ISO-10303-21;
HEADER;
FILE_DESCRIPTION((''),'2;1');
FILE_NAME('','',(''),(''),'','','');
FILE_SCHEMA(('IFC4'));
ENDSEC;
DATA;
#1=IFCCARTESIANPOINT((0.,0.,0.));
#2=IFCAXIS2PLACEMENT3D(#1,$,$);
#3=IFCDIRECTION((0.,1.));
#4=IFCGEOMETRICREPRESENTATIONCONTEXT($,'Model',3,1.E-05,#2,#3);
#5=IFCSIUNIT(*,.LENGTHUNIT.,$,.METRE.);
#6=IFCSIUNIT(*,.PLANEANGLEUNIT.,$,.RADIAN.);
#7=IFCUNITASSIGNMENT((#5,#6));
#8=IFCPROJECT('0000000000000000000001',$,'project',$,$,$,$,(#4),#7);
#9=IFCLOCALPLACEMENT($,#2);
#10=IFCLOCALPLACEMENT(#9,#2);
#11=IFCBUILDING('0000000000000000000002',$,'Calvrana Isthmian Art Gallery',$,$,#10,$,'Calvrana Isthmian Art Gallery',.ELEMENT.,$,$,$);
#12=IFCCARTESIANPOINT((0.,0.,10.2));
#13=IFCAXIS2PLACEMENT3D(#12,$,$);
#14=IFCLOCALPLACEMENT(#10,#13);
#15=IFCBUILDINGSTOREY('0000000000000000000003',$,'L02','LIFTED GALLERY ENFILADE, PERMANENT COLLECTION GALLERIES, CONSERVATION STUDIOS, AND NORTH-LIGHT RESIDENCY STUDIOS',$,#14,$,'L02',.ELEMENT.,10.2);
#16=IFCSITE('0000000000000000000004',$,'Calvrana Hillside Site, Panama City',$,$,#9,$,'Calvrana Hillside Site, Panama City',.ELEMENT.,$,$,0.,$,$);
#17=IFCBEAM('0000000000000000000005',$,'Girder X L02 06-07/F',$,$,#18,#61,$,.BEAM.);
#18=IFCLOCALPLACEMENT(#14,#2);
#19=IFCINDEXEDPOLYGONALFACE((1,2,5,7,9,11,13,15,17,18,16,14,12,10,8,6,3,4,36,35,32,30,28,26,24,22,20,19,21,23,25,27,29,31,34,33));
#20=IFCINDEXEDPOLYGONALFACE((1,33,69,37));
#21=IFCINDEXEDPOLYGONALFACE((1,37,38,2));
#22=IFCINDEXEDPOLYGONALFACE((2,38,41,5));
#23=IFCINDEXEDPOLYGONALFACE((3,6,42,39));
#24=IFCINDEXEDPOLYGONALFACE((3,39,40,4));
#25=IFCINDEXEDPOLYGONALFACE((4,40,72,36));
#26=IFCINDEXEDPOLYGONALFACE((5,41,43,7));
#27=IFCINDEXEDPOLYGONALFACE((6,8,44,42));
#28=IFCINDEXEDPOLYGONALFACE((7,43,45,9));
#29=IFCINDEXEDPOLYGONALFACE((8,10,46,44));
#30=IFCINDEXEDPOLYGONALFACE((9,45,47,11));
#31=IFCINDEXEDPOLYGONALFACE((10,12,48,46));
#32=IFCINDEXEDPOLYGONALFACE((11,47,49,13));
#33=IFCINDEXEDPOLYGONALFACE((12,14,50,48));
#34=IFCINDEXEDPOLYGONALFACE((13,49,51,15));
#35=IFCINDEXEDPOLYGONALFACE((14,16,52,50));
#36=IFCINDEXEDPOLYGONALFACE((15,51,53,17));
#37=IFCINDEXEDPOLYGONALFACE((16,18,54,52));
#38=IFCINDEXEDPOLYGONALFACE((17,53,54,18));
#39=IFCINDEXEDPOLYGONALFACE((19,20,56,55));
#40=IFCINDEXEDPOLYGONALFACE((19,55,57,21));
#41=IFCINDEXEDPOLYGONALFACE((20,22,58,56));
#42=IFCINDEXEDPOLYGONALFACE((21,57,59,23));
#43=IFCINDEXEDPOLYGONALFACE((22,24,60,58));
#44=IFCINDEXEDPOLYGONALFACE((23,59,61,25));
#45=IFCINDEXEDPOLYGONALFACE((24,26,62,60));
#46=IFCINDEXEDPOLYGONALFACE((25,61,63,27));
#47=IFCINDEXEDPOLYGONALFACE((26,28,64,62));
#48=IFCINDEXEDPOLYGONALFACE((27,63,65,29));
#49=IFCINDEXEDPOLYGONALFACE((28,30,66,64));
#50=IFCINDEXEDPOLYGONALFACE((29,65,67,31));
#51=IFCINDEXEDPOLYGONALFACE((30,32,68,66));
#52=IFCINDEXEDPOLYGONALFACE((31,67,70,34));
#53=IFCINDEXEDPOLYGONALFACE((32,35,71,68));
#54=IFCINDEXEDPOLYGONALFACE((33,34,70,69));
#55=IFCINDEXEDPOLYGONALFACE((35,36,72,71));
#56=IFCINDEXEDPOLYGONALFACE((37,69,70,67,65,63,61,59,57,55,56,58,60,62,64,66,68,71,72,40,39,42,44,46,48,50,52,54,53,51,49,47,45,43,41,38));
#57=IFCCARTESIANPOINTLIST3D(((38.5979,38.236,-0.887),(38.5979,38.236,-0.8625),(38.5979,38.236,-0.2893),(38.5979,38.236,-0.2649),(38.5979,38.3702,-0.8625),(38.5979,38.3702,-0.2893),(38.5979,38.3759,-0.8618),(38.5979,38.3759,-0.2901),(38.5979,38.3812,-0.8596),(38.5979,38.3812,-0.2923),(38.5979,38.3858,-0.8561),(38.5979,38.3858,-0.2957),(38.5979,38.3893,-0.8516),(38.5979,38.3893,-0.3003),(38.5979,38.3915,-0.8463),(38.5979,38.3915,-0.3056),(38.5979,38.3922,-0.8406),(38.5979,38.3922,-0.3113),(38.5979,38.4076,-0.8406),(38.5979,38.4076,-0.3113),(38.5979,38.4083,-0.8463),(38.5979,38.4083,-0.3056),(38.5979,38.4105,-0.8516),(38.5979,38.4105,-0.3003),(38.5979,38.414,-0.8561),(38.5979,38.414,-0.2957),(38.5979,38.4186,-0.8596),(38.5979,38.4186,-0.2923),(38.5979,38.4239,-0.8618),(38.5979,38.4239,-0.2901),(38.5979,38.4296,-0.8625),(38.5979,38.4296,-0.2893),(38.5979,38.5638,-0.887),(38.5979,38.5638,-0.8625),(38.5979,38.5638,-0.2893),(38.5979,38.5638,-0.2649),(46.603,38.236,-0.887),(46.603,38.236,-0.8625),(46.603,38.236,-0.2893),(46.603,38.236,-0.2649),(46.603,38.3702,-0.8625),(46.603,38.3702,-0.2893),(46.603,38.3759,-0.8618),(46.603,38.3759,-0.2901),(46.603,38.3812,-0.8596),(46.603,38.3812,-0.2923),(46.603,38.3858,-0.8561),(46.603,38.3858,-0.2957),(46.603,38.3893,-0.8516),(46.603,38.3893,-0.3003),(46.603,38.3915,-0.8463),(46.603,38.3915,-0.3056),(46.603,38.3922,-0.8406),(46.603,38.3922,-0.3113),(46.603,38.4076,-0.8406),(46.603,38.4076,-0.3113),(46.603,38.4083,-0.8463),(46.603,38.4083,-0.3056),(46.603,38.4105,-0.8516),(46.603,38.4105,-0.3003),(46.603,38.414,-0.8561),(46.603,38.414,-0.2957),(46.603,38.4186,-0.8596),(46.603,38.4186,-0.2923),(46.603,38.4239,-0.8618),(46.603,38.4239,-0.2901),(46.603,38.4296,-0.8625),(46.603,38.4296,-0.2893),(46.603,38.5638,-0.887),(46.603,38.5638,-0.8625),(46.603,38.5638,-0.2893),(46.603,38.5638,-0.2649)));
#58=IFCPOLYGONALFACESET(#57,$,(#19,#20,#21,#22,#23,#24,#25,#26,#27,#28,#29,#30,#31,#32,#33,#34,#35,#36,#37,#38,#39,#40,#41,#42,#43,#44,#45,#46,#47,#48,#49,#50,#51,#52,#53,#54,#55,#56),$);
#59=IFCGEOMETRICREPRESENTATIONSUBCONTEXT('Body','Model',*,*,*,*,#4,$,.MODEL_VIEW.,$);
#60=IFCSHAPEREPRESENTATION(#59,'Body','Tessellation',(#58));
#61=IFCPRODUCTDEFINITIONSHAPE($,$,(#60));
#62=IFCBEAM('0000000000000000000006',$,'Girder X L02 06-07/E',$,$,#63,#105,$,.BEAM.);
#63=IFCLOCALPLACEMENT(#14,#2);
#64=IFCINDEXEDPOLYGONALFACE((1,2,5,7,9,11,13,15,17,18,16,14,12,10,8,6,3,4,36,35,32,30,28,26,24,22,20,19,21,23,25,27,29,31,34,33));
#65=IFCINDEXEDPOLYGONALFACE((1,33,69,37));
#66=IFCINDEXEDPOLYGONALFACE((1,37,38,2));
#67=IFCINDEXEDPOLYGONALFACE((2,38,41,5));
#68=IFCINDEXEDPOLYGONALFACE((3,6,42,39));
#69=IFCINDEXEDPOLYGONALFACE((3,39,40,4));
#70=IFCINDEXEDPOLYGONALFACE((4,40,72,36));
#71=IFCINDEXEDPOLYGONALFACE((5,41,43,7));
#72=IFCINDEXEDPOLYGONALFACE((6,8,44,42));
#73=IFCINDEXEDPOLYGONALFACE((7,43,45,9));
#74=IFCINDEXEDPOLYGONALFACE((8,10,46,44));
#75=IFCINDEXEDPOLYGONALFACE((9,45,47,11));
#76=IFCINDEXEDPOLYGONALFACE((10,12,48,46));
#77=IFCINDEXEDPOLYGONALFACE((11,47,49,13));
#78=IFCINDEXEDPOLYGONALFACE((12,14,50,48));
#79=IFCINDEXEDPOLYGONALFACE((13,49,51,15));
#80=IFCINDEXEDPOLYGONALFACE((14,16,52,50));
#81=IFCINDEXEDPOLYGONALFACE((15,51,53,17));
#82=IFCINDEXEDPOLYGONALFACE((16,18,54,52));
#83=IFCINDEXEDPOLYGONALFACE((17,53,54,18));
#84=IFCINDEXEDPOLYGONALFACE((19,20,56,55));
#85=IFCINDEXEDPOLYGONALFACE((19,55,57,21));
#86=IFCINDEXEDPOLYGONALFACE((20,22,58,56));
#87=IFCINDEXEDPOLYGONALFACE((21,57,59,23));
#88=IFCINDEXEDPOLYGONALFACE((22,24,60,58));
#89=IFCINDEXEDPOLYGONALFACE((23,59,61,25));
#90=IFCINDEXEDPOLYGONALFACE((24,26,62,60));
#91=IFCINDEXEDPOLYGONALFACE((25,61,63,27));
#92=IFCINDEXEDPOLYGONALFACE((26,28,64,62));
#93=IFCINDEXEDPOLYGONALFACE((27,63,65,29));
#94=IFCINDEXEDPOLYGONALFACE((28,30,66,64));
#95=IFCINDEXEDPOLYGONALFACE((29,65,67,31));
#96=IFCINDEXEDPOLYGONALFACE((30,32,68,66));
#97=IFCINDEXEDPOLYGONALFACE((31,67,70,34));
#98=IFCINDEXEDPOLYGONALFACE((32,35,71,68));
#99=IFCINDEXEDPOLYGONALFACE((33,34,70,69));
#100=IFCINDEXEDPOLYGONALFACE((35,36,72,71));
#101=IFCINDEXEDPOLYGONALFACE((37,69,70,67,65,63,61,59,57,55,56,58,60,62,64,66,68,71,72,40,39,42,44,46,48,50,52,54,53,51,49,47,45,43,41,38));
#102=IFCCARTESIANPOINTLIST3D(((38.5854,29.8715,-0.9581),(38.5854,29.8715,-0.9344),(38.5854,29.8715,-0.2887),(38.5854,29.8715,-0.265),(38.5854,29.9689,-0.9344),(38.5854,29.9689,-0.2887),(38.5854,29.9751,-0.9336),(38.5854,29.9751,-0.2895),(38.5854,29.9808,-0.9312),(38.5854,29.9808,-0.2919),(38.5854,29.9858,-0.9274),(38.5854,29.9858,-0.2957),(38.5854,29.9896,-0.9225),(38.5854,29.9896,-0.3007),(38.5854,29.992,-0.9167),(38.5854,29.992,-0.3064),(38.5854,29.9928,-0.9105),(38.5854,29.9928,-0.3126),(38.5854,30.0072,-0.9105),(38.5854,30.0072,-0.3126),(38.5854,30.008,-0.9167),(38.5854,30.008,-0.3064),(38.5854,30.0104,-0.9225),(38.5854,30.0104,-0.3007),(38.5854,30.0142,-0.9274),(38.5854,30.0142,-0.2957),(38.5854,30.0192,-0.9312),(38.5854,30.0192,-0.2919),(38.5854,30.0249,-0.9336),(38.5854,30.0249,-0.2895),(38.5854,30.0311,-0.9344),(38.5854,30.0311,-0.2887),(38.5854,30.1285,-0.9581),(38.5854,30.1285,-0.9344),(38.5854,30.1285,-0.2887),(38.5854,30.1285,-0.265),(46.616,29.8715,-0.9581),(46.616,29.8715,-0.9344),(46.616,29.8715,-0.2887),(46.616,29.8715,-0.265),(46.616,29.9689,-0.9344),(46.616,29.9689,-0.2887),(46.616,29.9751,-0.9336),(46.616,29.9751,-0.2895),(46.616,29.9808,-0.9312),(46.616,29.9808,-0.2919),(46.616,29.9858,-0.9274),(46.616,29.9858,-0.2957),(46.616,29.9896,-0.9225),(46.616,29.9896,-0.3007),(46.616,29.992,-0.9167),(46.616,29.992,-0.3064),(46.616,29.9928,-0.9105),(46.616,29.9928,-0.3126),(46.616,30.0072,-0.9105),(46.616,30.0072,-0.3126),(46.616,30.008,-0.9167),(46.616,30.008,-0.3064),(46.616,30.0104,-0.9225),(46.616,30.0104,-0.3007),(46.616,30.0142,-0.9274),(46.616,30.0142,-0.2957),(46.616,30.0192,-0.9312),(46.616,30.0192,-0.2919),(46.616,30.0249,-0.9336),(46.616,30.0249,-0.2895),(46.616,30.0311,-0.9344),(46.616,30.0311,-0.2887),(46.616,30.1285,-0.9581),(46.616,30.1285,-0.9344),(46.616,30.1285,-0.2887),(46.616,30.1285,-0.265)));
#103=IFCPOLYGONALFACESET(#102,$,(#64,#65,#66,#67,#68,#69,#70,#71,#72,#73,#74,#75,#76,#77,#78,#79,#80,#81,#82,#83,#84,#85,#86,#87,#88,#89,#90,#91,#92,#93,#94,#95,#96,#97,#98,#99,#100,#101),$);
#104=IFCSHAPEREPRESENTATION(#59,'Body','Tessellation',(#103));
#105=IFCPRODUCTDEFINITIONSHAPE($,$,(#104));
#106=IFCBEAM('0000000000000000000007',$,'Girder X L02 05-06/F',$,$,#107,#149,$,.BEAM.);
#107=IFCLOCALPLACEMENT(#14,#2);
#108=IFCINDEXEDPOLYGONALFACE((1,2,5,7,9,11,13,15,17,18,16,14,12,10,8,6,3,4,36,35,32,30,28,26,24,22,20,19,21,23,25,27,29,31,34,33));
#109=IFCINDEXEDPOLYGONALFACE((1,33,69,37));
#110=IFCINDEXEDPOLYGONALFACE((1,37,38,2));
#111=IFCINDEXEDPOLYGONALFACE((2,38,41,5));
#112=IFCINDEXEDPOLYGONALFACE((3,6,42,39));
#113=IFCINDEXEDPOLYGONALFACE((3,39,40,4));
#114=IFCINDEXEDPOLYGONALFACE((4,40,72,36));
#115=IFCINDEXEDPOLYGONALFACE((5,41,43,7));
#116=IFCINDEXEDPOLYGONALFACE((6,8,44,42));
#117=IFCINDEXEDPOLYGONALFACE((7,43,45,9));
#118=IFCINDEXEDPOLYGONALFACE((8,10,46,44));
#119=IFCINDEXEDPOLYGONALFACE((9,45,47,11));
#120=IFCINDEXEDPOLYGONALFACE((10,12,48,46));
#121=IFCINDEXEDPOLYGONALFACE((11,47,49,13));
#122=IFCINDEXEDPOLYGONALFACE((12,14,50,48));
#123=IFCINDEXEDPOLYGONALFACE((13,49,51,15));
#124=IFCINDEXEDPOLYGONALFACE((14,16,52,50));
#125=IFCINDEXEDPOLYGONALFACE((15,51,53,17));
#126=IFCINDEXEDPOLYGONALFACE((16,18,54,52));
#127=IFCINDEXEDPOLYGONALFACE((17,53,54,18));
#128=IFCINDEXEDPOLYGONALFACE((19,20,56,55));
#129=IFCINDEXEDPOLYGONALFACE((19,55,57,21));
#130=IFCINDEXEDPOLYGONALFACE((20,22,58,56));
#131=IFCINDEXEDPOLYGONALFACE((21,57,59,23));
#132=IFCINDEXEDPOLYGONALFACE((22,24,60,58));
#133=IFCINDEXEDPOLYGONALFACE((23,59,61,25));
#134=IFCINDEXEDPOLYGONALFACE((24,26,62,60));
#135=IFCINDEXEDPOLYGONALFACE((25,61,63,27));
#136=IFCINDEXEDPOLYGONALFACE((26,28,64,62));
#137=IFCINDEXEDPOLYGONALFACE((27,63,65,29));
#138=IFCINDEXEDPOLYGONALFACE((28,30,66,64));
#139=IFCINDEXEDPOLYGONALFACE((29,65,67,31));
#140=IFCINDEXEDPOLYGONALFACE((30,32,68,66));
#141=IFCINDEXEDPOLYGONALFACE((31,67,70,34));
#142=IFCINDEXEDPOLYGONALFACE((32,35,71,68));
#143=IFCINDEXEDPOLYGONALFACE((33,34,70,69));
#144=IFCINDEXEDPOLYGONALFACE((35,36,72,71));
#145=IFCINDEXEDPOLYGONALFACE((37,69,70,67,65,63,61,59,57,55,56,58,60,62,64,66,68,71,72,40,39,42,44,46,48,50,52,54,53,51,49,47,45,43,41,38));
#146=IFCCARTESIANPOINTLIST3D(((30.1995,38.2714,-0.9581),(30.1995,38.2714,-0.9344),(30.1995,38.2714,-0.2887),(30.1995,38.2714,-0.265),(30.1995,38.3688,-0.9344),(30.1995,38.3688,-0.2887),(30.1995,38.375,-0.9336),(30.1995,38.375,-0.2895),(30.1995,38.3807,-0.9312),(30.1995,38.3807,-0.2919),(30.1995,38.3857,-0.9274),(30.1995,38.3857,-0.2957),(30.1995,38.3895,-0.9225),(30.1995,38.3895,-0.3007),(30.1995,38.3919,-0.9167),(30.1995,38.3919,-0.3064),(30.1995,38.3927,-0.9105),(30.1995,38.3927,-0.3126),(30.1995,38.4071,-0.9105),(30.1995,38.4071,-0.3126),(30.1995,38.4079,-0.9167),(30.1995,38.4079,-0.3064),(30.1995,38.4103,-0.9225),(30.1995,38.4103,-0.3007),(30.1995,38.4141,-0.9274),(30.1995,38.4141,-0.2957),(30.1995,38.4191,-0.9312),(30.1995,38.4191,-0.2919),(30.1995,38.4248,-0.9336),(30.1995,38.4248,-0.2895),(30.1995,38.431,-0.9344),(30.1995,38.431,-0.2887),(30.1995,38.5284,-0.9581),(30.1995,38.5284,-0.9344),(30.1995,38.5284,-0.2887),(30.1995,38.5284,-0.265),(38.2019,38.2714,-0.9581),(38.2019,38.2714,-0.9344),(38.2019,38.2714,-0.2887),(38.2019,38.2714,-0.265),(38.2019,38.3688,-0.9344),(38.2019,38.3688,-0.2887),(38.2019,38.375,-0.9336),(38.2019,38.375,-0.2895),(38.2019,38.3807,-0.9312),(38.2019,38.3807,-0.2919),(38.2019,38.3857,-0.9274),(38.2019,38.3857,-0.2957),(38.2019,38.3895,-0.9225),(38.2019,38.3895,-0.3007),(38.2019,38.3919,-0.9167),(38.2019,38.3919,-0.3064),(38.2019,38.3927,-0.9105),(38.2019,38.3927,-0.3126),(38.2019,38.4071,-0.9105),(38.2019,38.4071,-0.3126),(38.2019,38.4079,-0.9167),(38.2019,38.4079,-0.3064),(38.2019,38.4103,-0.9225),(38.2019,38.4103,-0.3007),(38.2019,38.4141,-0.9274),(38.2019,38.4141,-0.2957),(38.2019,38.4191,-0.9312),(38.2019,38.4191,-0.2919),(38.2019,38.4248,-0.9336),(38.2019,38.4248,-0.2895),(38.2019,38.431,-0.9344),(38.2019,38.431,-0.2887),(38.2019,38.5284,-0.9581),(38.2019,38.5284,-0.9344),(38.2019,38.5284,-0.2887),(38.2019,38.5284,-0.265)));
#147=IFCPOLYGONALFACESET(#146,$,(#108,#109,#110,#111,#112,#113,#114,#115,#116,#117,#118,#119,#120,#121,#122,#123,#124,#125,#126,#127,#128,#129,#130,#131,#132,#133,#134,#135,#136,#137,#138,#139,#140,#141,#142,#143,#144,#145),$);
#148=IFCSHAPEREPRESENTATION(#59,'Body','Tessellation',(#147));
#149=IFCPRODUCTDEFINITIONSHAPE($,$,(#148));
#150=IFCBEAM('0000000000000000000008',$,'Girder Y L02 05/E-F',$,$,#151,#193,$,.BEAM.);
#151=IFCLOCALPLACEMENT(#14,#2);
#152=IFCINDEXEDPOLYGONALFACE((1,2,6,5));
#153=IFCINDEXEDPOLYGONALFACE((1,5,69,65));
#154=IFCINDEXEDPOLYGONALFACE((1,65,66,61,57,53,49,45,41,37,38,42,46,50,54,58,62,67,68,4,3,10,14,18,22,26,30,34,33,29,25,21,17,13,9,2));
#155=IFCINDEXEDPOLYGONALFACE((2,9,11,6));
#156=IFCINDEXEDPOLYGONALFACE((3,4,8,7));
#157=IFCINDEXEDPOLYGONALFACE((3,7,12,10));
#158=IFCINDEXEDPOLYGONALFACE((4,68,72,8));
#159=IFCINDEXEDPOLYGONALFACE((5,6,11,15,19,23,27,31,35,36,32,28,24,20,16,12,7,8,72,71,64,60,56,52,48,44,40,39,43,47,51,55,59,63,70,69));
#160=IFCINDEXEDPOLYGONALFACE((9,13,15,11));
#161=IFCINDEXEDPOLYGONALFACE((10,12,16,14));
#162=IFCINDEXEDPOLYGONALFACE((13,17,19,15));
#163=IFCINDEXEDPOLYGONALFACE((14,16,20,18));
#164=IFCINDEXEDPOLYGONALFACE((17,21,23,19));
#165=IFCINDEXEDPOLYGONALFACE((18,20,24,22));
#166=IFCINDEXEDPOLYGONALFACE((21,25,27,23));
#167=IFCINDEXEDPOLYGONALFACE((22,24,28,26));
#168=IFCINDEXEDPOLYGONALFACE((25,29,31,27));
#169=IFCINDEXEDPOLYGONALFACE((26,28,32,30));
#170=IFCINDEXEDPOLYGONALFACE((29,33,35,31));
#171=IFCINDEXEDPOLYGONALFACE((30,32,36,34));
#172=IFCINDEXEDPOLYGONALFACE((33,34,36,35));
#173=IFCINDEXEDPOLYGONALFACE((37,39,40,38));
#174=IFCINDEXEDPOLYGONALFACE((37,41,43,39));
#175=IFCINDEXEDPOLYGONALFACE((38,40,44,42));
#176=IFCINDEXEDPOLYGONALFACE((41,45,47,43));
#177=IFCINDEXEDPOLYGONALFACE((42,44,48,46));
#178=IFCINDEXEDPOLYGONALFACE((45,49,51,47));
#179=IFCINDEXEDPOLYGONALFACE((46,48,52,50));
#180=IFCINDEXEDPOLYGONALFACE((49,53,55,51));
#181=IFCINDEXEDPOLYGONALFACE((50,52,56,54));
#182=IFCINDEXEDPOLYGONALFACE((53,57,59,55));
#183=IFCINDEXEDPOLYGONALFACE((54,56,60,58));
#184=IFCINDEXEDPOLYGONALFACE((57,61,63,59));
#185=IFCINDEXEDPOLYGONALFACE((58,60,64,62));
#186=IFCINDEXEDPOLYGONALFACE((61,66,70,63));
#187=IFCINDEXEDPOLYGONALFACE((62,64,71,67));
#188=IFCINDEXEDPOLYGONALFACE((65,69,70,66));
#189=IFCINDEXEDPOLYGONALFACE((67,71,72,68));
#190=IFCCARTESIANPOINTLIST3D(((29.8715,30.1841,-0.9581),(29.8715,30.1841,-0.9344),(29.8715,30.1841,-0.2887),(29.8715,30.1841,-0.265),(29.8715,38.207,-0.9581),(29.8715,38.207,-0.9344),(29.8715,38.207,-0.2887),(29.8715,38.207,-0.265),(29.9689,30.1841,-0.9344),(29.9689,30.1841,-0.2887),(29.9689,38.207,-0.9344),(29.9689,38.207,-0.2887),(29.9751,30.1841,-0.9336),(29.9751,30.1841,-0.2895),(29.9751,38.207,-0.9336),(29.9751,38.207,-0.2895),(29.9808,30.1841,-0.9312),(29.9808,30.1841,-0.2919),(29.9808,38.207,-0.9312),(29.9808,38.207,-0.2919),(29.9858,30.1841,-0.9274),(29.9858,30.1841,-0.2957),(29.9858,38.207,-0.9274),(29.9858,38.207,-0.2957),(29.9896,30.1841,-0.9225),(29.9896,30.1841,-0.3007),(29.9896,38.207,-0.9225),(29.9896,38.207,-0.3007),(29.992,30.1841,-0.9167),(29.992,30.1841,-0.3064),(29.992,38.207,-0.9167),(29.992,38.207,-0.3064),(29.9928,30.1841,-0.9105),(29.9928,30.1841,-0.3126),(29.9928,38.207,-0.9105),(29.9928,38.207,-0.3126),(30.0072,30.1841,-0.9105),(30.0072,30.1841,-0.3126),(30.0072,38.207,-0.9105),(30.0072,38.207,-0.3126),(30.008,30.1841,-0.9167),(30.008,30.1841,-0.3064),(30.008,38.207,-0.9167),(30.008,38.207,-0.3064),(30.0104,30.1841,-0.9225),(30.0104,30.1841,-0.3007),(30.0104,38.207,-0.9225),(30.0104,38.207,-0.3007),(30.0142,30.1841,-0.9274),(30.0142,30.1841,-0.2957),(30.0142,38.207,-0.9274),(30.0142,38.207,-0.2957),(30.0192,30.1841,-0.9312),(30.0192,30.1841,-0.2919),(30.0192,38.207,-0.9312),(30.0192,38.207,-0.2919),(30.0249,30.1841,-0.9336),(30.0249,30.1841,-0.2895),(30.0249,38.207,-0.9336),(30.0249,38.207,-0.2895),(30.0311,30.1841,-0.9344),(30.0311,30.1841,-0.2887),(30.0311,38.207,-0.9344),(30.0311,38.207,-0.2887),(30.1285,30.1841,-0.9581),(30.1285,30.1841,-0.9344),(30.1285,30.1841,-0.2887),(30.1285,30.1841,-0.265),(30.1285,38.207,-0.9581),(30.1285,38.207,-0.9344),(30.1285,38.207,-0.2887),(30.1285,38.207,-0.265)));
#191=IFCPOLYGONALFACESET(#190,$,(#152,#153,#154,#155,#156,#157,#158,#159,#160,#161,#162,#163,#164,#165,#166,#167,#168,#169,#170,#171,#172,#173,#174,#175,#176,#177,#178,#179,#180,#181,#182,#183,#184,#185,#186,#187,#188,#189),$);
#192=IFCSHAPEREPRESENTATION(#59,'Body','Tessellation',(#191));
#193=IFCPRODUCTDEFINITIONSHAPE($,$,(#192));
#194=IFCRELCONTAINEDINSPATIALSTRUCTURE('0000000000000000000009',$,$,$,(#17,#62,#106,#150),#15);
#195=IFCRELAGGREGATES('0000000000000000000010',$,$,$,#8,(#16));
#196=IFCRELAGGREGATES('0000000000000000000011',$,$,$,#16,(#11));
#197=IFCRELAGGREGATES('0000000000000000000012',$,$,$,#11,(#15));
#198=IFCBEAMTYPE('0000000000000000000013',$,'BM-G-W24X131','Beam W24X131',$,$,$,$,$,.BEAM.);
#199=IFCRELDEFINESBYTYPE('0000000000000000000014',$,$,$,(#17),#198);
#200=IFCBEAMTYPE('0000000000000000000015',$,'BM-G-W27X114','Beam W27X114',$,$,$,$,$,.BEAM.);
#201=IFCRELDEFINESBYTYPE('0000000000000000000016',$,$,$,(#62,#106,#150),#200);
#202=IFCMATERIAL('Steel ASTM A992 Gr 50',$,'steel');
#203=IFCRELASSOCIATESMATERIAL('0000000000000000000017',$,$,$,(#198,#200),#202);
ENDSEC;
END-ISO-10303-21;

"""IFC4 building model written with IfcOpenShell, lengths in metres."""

from ifc_helpers import new_model, si_unit, direction, frame, origin, origin_2d, place, context, subcontext, project, spatial, i_section, extrude, material, material_profile, profile_set, type_object, element, save


model = new_model("IFC4")

# Units and contexts
model_context = context("Model", 3, precision=1e-05, world=origin(), true_north=direction((0.0, 1.0)))
body_context = subcontext(model_context, "Body", "Model", "MODEL_VIEW")
ifc_project = project(units=[si_unit("LENGTHUNIT", "METRE"), si_unit("PLANEANGLEUNIT", "RADIAN")], contexts=[model_context])

# Site, building, storey
site_placement = place(None, origin())
site = spatial("IfcSite", under=ifc_project, at=site_placement, Name="Calvrana Hillside Site, Panama City", LongName="Calvrana Hillside Site, Panama City", CompositionType="ELEMENT", RefElevation=0.0)
building_placement = place(site_placement, origin())
building = spatial("IfcBuilding", under=site, at=building_placement, Name="Calvrana Isthmian Art Gallery", LongName="Calvrana Isthmian Art Gallery", CompositionType="ELEMENT")
storey_placement = place(building_placement, frame((0.0, 0.0, 10.2)))
storey = spatial("IfcBuildingStorey", under=building, at=storey_placement, Name="L02", Description="LIFTED GALLERY ENFILADE, PERMANENT COLLECTION GALLERIES, CONSERVATION STUDIOS, AND NORTH-LIGHT RESIDENCY STUDIOS", LongName="L02", CompositionType="ELEMENT", Elevation=10.2)

# Shared definitions
ifc_material_1 = material(Name="Steel ASTM A992 Gr 50", Category="steel")

# Beams
ifc_material_profile_1 = material_profile(ifc_material_1, i_section(OverallWidth=0.3279, OverallDepth=0.6221, WebThickness=0.0154, FlangeThickness=0.0244, FilletRadius=0.022, at=origin_2d()), Name="W24X131")
ifc_profile_set_1 = profile_set([ifc_material_profile_1], Name="Steel ASTM A992 Gr 50")
beam_type_1 = type_object("IfcBeamType", Name="BM-G-W24X131", Description="Beam W24X131", PredefinedType="BEAM", material=ifc_profile_set_1)
beam_1_placement = place(storey_placement, frame((38.5979, 38.3999, -0.5759), z_axis=(1.0, 0.0, 0.0), x_axis=(0.0, 1.0, 0.0)))
element("IfcBeam", 1, at=beam_1_placement, inside=storey, type_object=beam_type_1, Name="Girder X L02 06-07/F", PredefinedType="BEAM", context=body_context, shape_type="SweptSolid", body=[
    extrude(i_section(OverallWidth=0.3279, OverallDepth=0.6221, WebThickness=0.0154, FlangeThickness=0.0244, FilletRadius=0.022, at=origin_2d()), origin(), (0.0, 0.0, 1.0), 8.0051),
])
ifc_material_profile_2 = material_profile(ifc_material_1, i_section(OverallWidth=0.2571, OverallDepth=0.6931, WebThickness=0.0144, FlangeThickness=0.0237, FilletRadius=0.0239, at=origin_2d()), Name="W27X114")
ifc_profile_set_2 = profile_set([ifc_material_profile_2], Name="Steel ASTM A992 Gr 50")
beam_type_2 = type_object("IfcBeamType", Name="BM-G-W27X114", Description="Beam W27X114", PredefinedType="BEAM", material=ifc_profile_set_2)
beam_2_placement = place(storey_placement, frame((38.5854, 30.0, -0.6116), z_axis=(1.0, 0.0, 0.0), x_axis=(0.0, 1.0, 0.0)))
element("IfcBeam", 2, at=beam_2_placement, inside=storey, type_object=beam_type_2, Name="Girder X L02 06-07/E", PredefinedType="BEAM", context=body_context, shape_type="SweptSolid", body=[
    extrude(i_section(OverallWidth=0.2571, OverallDepth=0.6931, WebThickness=0.0144, FlangeThickness=0.0237, FilletRadius=0.0239, at=origin_2d()), origin(), (0.0, 0.0, 1.0), 8.0305),
])
beam_3_placement = place(storey_placement, frame((30.1995, 38.3999, -0.6116), z_axis=(1.0, 0.0, 0.0), x_axis=(0.0, 1.0, 0.0)))
element("IfcBeam", 3, at=beam_3_placement, inside=storey, type_object=beam_type_2, Name="Girder X L02 05-06/F", PredefinedType="BEAM", context=body_context, shape_type="SweptSolid", body=[
    extrude(i_section(OverallWidth=0.2571, OverallDepth=0.6931, WebThickness=0.0144, FlangeThickness=0.0237, FilletRadius=0.0239, at=origin_2d()), origin(), (0.0, 0.0, 1.0), 8.0024),
])
beam_4_placement = place(storey_placement, frame((30.0, 30.1841, -0.6116), z_axis=(0.0, 1.0, 0.0), x_axis=(-1.0, 0.0, 0.0)))
element("IfcBeam", 4, at=beam_4_placement, inside=storey, type_object=beam_type_2, Name="Girder Y L02 05/E-F", PredefinedType="BEAM", context=body_context, shape_type="SweptSolid", body=[
    extrude(i_section(OverallWidth=0.2571, OverallDepth=0.6931, WebThickness=0.0144, FlangeThickness=0.0237, FilletRadius=0.0239, at=origin_2d()), origin(), (0.0, 0.0, 1.0), 8.0229),
])

save(model, "model.ifc")
